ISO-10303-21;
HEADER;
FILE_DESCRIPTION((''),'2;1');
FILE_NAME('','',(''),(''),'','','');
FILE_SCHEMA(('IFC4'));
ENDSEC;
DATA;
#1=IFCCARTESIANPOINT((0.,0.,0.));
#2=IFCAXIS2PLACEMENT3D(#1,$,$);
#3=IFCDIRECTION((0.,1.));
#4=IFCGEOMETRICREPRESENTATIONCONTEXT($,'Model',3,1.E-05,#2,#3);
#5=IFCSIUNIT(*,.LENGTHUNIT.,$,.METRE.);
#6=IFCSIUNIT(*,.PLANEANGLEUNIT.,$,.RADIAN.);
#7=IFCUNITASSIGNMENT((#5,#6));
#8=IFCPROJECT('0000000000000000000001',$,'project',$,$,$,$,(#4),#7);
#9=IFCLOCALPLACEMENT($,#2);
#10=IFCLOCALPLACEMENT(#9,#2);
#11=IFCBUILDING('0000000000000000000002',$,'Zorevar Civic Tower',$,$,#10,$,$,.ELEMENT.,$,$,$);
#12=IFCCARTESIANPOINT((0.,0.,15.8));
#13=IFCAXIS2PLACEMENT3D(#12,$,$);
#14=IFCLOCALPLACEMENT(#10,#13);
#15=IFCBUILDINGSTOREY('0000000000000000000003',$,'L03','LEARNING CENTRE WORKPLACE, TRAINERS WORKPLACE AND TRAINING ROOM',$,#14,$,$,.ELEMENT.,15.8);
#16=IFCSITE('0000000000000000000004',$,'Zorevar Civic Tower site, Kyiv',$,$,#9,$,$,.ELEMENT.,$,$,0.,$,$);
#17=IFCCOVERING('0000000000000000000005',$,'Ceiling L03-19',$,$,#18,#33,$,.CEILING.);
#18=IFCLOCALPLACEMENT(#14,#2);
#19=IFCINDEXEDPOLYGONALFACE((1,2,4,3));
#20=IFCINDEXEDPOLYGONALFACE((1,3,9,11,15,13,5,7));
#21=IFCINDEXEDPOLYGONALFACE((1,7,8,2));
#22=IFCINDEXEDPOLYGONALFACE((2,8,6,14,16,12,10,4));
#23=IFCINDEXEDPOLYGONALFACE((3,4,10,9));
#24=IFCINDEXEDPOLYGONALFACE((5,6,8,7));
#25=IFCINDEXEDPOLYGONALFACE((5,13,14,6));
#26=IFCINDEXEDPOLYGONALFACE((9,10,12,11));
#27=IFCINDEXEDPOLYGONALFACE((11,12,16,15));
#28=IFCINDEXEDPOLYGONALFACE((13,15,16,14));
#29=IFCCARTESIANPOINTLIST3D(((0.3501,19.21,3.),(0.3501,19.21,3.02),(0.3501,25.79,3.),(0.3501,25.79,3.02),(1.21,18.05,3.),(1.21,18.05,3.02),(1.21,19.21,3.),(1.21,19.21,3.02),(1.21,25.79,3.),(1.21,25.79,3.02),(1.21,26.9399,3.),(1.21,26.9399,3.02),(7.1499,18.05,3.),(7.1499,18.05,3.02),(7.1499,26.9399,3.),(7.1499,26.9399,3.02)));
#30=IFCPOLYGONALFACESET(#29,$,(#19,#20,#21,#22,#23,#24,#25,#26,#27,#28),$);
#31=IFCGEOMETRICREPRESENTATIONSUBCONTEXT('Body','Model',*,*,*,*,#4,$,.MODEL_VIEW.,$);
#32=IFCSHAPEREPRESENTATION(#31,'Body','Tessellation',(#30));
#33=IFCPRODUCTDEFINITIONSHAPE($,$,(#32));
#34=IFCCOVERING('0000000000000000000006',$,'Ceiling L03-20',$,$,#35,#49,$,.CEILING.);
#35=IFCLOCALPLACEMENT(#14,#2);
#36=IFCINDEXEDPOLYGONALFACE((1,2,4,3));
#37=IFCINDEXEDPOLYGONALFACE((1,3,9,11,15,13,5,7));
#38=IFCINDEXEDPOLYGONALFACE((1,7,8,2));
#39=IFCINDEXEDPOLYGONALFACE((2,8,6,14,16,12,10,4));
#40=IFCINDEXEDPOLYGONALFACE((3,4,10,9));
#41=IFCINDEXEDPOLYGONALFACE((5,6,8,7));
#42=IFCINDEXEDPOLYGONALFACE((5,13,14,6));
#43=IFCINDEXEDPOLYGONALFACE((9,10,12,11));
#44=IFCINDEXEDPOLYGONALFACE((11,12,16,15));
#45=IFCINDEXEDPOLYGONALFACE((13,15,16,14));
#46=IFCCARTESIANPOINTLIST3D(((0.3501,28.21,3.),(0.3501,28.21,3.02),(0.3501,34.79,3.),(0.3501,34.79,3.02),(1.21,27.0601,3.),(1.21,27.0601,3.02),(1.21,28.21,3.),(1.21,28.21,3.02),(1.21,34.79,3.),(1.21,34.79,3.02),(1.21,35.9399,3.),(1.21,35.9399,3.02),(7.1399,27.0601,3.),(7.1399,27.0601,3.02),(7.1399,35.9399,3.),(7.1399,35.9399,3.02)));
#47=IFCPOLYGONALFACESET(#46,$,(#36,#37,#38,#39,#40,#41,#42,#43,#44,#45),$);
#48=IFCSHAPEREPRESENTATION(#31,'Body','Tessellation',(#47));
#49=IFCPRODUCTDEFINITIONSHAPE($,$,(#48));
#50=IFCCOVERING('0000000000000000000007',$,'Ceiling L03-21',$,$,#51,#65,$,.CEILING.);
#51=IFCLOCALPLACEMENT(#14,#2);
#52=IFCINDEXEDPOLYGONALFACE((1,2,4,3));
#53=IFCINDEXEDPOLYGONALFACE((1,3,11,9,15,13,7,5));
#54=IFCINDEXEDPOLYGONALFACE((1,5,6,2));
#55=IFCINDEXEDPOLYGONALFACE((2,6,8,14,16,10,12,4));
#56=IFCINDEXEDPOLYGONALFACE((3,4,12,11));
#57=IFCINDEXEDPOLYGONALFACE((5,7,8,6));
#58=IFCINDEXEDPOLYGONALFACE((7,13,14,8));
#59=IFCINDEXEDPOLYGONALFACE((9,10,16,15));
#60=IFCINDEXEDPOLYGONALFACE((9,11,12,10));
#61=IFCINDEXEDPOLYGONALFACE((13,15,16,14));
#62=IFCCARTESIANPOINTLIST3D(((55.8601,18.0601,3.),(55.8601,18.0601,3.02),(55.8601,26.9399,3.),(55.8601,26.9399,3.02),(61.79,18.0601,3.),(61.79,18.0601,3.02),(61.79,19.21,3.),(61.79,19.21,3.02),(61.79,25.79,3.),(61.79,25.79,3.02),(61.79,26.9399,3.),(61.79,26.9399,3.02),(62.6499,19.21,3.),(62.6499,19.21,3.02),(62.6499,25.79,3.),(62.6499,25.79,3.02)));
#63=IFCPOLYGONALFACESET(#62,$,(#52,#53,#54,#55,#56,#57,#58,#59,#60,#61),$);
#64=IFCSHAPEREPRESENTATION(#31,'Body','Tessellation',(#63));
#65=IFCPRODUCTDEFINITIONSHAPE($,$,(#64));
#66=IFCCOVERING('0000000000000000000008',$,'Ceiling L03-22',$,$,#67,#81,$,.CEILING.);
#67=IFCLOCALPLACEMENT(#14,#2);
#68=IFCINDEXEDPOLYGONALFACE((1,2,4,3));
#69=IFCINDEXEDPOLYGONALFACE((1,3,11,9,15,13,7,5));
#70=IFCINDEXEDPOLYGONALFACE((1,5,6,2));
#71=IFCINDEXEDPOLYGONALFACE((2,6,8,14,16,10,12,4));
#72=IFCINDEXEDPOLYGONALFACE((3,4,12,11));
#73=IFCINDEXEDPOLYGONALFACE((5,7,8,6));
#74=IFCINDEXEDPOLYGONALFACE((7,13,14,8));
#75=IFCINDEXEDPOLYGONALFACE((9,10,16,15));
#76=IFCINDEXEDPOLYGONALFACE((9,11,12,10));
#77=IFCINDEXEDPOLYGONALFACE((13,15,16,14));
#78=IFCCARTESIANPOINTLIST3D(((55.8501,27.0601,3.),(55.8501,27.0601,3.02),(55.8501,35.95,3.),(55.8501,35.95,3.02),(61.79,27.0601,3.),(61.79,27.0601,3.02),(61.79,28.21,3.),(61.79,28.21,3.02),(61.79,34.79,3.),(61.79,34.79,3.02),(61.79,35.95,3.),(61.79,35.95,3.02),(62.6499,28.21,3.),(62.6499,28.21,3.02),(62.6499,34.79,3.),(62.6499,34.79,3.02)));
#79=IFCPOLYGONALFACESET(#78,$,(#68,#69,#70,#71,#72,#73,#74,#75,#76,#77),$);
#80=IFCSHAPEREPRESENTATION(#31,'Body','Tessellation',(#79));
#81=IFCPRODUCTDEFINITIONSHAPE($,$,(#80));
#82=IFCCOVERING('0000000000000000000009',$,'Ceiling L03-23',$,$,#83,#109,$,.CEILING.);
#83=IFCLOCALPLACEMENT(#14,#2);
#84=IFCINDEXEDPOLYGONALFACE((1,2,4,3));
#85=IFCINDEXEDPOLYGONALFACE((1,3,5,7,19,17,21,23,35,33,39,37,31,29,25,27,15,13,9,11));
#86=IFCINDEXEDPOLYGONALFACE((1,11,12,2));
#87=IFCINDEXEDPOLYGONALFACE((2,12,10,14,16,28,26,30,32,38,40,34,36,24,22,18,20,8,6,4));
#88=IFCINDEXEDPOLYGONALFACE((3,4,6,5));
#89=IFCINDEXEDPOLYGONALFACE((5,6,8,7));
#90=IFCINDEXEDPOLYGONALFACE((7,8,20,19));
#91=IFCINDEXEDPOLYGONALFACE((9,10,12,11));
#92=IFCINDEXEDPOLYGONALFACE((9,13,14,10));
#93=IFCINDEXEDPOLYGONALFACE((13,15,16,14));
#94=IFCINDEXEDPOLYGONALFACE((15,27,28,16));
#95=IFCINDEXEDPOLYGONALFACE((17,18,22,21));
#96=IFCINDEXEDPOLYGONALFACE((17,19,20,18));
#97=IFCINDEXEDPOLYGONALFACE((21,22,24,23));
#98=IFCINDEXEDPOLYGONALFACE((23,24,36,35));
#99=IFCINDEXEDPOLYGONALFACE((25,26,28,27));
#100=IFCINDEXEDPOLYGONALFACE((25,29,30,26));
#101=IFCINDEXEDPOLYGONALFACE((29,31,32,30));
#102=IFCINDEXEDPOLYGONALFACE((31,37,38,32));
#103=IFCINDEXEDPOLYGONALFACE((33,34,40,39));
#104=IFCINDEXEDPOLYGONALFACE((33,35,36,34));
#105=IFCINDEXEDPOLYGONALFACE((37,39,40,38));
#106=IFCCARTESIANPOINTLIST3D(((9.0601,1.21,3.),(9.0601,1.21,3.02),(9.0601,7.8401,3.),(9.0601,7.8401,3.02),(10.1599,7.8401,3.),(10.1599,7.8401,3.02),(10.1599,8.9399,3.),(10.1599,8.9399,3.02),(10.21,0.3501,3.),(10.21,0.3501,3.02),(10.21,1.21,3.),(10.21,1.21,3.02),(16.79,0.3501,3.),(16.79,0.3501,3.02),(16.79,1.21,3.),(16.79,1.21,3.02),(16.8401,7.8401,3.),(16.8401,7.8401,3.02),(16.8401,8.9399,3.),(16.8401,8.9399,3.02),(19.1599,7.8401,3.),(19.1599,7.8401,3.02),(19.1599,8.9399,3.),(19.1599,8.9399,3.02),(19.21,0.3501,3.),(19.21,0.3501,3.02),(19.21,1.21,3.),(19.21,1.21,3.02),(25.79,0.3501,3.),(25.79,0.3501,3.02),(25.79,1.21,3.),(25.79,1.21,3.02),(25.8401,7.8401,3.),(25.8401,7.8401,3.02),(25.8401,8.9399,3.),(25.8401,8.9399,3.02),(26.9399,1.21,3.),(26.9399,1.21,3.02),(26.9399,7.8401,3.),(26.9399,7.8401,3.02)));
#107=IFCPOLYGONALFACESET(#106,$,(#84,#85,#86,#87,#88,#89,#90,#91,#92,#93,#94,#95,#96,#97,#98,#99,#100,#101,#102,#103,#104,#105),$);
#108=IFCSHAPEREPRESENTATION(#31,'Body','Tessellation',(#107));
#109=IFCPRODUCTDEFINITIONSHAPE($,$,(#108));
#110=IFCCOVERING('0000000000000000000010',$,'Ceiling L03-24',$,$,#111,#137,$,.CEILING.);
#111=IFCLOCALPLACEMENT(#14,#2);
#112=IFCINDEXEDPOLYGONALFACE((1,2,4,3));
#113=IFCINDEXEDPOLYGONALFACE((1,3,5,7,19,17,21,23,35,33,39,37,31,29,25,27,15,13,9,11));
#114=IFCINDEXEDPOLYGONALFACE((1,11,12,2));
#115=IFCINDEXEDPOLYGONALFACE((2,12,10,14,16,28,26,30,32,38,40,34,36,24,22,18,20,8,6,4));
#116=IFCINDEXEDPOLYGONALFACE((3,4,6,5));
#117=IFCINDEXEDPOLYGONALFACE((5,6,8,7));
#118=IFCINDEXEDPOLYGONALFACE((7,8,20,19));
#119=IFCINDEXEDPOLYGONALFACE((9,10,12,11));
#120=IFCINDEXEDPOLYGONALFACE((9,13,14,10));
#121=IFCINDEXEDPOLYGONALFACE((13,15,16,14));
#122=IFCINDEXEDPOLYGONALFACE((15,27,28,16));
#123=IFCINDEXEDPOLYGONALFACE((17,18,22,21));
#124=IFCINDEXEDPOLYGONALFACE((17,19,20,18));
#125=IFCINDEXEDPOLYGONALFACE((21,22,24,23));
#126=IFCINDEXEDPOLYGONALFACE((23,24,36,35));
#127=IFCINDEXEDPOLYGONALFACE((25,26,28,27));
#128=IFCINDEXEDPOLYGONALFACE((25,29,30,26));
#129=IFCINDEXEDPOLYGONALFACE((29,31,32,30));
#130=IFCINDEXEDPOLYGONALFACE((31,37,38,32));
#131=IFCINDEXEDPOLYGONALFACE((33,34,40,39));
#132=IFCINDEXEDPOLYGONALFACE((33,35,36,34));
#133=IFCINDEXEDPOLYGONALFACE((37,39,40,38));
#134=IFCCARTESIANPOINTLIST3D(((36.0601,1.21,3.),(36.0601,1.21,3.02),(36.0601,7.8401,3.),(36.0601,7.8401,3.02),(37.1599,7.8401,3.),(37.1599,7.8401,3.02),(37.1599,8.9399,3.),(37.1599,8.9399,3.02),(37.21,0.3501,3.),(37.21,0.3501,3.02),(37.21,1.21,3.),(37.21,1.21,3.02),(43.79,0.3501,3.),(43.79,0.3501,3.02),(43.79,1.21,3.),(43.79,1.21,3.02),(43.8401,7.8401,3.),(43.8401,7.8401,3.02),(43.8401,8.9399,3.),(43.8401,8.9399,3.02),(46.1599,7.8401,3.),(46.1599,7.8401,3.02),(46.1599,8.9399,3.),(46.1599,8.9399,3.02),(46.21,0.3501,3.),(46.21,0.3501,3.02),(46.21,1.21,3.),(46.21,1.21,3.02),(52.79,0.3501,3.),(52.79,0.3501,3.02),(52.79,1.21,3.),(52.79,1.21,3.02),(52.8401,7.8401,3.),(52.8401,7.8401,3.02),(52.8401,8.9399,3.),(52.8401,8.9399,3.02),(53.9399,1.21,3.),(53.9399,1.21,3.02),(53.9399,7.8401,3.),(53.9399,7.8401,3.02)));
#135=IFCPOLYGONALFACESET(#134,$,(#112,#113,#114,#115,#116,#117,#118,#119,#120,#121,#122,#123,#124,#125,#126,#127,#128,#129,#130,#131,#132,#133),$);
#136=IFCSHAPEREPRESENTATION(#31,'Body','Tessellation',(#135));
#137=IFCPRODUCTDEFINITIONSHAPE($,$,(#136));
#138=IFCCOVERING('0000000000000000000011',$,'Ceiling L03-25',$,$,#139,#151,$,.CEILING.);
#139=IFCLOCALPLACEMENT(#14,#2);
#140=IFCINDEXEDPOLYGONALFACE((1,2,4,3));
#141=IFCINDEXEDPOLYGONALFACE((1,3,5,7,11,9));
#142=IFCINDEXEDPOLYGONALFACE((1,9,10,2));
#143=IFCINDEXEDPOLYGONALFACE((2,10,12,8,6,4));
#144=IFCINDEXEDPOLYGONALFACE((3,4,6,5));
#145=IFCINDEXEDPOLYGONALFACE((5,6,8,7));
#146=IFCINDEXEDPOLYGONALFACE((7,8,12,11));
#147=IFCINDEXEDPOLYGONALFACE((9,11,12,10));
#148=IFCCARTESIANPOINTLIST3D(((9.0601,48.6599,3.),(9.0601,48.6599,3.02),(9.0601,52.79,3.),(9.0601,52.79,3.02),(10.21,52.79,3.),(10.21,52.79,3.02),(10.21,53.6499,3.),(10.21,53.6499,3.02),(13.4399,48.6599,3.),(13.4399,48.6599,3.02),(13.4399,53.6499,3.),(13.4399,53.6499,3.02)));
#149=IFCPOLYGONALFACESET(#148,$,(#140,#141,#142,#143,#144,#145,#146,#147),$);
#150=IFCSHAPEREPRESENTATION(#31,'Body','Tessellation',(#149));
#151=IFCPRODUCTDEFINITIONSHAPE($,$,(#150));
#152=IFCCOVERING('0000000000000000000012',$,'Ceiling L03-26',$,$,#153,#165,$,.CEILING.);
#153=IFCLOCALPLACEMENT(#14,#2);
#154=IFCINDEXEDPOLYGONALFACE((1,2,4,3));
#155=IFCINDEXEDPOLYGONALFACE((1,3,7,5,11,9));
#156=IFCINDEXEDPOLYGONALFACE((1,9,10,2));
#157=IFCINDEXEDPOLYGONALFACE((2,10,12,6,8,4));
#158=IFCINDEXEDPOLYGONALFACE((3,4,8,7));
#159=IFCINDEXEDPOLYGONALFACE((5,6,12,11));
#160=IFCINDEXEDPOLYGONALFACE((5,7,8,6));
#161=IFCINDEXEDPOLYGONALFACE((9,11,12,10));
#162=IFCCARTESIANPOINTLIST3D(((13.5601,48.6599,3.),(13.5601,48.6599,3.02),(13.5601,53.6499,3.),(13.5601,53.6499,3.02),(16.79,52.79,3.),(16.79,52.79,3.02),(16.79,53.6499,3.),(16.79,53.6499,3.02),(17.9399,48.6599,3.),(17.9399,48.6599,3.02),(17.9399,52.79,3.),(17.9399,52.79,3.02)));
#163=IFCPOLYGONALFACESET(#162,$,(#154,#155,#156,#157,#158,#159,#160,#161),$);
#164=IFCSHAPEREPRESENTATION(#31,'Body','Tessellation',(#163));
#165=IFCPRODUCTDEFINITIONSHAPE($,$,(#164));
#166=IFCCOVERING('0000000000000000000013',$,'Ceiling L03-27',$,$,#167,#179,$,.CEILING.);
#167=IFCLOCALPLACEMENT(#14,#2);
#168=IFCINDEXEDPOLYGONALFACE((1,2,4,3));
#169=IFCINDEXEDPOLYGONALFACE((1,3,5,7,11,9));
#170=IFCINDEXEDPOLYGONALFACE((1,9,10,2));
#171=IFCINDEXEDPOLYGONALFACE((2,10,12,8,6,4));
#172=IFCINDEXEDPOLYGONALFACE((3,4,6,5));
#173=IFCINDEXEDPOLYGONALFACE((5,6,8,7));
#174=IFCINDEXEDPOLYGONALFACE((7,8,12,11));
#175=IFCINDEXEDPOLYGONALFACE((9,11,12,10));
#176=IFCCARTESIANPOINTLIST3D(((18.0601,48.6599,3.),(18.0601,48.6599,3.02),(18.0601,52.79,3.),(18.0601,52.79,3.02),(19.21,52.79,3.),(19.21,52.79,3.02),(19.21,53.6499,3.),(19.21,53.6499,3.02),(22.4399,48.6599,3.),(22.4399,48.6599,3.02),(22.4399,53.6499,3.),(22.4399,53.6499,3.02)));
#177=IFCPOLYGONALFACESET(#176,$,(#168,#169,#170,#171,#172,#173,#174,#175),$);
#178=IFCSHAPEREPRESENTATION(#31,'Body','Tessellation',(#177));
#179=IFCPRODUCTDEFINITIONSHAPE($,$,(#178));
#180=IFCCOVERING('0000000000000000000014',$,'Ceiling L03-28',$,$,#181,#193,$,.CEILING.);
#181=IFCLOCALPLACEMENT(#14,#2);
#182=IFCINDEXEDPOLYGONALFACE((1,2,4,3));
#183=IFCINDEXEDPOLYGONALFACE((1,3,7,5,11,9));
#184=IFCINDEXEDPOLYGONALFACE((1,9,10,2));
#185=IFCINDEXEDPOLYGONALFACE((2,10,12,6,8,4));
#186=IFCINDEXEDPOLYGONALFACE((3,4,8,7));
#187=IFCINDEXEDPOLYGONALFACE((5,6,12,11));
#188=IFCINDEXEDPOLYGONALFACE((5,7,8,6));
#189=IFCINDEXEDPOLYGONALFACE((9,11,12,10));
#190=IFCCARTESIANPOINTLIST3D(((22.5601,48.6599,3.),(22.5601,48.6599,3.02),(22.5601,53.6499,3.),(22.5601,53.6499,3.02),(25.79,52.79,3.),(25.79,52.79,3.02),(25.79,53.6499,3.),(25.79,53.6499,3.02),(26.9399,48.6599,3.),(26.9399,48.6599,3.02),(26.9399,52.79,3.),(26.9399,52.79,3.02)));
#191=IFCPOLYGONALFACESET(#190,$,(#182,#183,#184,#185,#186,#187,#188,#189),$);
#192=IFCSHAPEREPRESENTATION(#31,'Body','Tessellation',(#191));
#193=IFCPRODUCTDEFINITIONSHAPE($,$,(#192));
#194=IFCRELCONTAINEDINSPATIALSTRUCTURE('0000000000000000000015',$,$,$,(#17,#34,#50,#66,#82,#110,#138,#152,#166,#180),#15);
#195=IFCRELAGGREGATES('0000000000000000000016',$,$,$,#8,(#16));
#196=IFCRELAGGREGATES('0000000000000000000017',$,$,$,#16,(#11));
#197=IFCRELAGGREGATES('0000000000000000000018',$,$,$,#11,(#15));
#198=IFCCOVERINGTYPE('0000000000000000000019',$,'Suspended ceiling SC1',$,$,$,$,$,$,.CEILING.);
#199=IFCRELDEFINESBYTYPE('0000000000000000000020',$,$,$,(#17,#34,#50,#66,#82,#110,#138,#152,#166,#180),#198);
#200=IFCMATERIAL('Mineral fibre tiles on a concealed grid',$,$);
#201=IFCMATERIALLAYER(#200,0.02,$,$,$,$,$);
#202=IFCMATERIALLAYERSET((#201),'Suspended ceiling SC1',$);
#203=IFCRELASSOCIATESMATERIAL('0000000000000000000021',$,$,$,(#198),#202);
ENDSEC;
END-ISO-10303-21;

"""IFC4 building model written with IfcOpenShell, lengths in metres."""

from ifc_helpers import new_model, si_unit, direction, frame, origin, place, context, subcontext, project, spatial, polyline, outline, extrude, material, layer, layer_set, type_object, element, save


model = new_model("IFC4")

# Units and contexts
model_context = context("Model", 3, precision=1e-05, world=origin(), true_north=direction((0.0, 1.0)))
body_context = subcontext(model_context, "Body", "Model", "MODEL_VIEW")
ifc_project = project(units=[si_unit("LENGTHUNIT", "METRE"), si_unit("PLANEANGLEUNIT", "RADIAN")], contexts=[model_context])

# Site, building, storey
site_placement = place(None, origin())
site = spatial("IfcSite", under=ifc_project, at=site_placement, Name="Zorevar Civic Tower site, Kyiv", CompositionType="ELEMENT", RefElevation=0.0)
building_placement = place(site_placement, origin())
building = spatial("IfcBuilding", under=site, at=building_placement, Name="Zorevar Civic Tower", CompositionType="ELEMENT")
storey_placement = place(building_placement, frame((0.0, 0.0, 15.8)))
storey = spatial("IfcBuildingStorey", under=building, at=storey_placement, Name="L03", Description="LEARNING CENTRE WORKPLACE, TRAINERS WORKPLACE AND TRAINING ROOM", CompositionType="ELEMENT", Elevation=15.8)

# Coverings
ifc_material_1 = material(Name="Mineral fibre tiles on a concealed grid")
ifc_layer_1 = layer(ifc_material_1, 0.02)
ifc_layer_set_1 = layer_set([ifc_layer_1], Name="Suspended ceiling SC1")
covering_type_1 = type_object("IfcCoveringType", Name="Suspended ceiling SC1", PredefinedType="CEILING", material=ifc_layer_set_1)
covering_1_placement = place(storey_placement, frame((0.0, 0.0, 3.0)))
element("IfcCovering", 1, at=covering_1_placement, inside=storey, type_object=covering_type_1, Name="Ceiling L03-19", PredefinedType="CEILING", context=body_context, shape_type="SweptSolid", body=[
    extrude(outline(polyline([(1.21, 19.21), (0.3501, 19.21), (0.3501, 25.79), (1.21, 25.79), (1.21, 26.9399), (7.1499, 26.9399), (7.1499, 18.05), (1.21, 18.05), (1.21, 19.21)])), origin(), (0.0, 0.0, 1.0), 0.02),
])
covering_2_placement = place(storey_placement, frame((0.0, 0.0, 3.0)))
element("IfcCovering", 2, at=covering_2_placement, inside=storey, type_object=covering_type_1, Name="Ceiling L03-20", PredefinedType="CEILING", context=body_context, shape_type="SweptSolid", body=[
    extrude(outline(polyline([(1.21, 28.21), (0.3501, 28.21), (0.3501, 34.79), (1.21, 34.79), (1.21, 35.9399), (7.1399, 35.9399), (7.1399, 27.0601), (1.21, 27.0601), (1.21, 28.21)])), origin(), (0.0, 0.0, 1.0), 0.02),
])
covering_3_placement = place(storey_placement, frame((0.0, 0.0, 3.0)))
element("IfcCovering", 3, at=covering_3_placement, inside=storey, type_object=covering_type_1, Name="Ceiling L03-21", PredefinedType="CEILING", context=body_context, shape_type="SweptSolid", body=[
    extrude(outline(polyline([(62.6499, 19.21), (61.79, 19.21), (61.79, 18.0601), (55.8601, 18.0601), (55.8601, 26.9399), (61.79, 26.9399), (61.79, 25.79), (62.6499, 25.79), (62.6499, 19.21)])), origin(), (0.0, 0.0, 1.0), 0.02),
])
covering_4_placement = place(storey_placement, frame((0.0, 0.0, 3.0)))
element("IfcCovering", 4, at=covering_4_placement, inside=storey, type_object=covering_type_1, Name="Ceiling L03-22", PredefinedType="CEILING", context=body_context, shape_type="SweptSolid", body=[
    extrude(outline(polyline([(62.6499, 28.21), (61.79, 28.21), (61.79, 27.0601), (55.8501, 27.0601), (55.8501, 35.95), (61.79, 35.95), (61.79, 34.79), (62.6499, 34.79), (62.6499, 28.21)])), origin(), (0.0, 0.0, 1.0), 0.02),
])
covering_5_placement = place(storey_placement, frame((0.0, 0.0, 3.0)))
element("IfcCovering", 5, at=covering_5_placement, inside=storey, type_object=covering_type_1, Name="Ceiling L03-23", PredefinedType="CEILING", context=body_context, shape_type="SweptSolid", body=[
    extrude(outline(polyline([(10.1599, 7.8401), (10.1599, 8.9399), (16.8401, 8.9399), (16.8401, 7.8401), (19.1599, 7.8401), (19.1599, 8.9399), (25.8401, 8.9399), (25.8401, 7.8401), (26.9399, 7.8401), (26.9399, 1.21), (25.79, 1.21), (25.79, 0.3501), (19.21, 0.3501), (19.21, 1.21), (16.79, 1.21), (16.79, 0.3501), (10.21, 0.3501), (10.21, 1.21), (9.0601, 1.21), (9.0601, 7.8401), (10.1599, 7.8401)])), origin(), (0.0, 0.0, 1.0), 0.02),
])
covering_6_placement = place(storey_placement, frame((0.0, 0.0, 3.0)))
element("IfcCovering", 6, at=covering_6_placement, inside=storey, type_object=covering_type_1, Name="Ceiling L03-24", PredefinedType="CEILING", context=body_context, shape_type="SweptSolid", body=[
    extrude(outline(polyline([(37.1599, 7.8401), (37.1599, 8.9399), (43.8401, 8.9399), (43.8401, 7.8401), (46.1599, 7.8401), (46.1599, 8.9399), (52.8401, 8.9399), (52.8401, 7.8401), (53.9399, 7.8401), (53.9399, 1.21), (52.79, 1.21), (52.79, 0.3501), (46.21, 0.3501), (46.21, 1.21), (43.79, 1.21), (43.79, 0.3501), (37.21, 0.3501), (37.21, 1.21), (36.0601, 1.21), (36.0601, 7.8401), (37.1599, 7.8401)])), origin(), (0.0, 0.0, 1.0), 0.02),
])
covering_7_placement = place(storey_placement, frame((0.0, 0.0, 3.0)))
element("IfcCovering", 7, at=covering_7_placement, inside=storey, type_object=covering_type_1, Name="Ceiling L03-25", PredefinedType="CEILING", context=body_context, shape_type="SweptSolid", body=[
    extrude(outline(polyline([(9.0601, 48.6599), (9.0601, 52.79), (10.21, 52.79), (10.21, 53.6499), (13.4399, 53.6499), (13.4399, 48.6599), (9.0601, 48.6599)])), origin(), (0.0, 0.0, 1.0), 0.02),
])
covering_8_placement = place(storey_placement, frame((0.0, 0.0, 3.0)))
element("IfcCovering", 8, at=covering_8_placement, inside=storey, type_object=covering_type_1, Name="Ceiling L03-26", PredefinedType="CEILING", context=body_context, shape_type="SweptSolid", body=[
    extrude(outline(polyline([(13.5601, 48.6599), (13.5601, 53.6499), (16.79, 53.6499), (16.79, 52.79), (17.9399, 52.79), (17.9399, 48.6599), (13.5601, 48.6599)])), origin(), (0.0, 0.0, 1.0), 0.02),
])
covering_9_placement = place(storey_placement, frame((0.0, 0.0, 3.0)))
element("IfcCovering", 9, at=covering_9_placement, inside=storey, type_object=covering_type_1, Name="Ceiling L03-27", PredefinedType="CEILING", context=body_context, shape_type="SweptSolid", body=[
    extrude(outline(polyline([(18.0601, 48.6599), (18.0601, 52.79), (19.21, 52.79), (19.21, 53.6499), (22.4399, 53.6499), (22.4399, 48.6599), (18.0601, 48.6599)])), origin(), (0.0, 0.0, 1.0), 0.02),
])
covering_10_placement = place(storey_placement, frame((0.0, 0.0, 3.0)))
element("IfcCovering", 10, at=covering_10_placement, inside=storey, type_object=covering_type_1, Name="Ceiling L03-28", PredefinedType="CEILING", context=body_context, shape_type="SweptSolid", body=[
    extrude(outline(polyline([(22.5601, 48.6599), (22.5601, 53.6499), (25.79, 53.6499), (25.79, 52.79), (26.9399, 52.79), (26.9399, 48.6599), (22.5601, 48.6599)])), origin(), (0.0, 0.0, 1.0), 0.02),
])

save(model, "model.ifc")
